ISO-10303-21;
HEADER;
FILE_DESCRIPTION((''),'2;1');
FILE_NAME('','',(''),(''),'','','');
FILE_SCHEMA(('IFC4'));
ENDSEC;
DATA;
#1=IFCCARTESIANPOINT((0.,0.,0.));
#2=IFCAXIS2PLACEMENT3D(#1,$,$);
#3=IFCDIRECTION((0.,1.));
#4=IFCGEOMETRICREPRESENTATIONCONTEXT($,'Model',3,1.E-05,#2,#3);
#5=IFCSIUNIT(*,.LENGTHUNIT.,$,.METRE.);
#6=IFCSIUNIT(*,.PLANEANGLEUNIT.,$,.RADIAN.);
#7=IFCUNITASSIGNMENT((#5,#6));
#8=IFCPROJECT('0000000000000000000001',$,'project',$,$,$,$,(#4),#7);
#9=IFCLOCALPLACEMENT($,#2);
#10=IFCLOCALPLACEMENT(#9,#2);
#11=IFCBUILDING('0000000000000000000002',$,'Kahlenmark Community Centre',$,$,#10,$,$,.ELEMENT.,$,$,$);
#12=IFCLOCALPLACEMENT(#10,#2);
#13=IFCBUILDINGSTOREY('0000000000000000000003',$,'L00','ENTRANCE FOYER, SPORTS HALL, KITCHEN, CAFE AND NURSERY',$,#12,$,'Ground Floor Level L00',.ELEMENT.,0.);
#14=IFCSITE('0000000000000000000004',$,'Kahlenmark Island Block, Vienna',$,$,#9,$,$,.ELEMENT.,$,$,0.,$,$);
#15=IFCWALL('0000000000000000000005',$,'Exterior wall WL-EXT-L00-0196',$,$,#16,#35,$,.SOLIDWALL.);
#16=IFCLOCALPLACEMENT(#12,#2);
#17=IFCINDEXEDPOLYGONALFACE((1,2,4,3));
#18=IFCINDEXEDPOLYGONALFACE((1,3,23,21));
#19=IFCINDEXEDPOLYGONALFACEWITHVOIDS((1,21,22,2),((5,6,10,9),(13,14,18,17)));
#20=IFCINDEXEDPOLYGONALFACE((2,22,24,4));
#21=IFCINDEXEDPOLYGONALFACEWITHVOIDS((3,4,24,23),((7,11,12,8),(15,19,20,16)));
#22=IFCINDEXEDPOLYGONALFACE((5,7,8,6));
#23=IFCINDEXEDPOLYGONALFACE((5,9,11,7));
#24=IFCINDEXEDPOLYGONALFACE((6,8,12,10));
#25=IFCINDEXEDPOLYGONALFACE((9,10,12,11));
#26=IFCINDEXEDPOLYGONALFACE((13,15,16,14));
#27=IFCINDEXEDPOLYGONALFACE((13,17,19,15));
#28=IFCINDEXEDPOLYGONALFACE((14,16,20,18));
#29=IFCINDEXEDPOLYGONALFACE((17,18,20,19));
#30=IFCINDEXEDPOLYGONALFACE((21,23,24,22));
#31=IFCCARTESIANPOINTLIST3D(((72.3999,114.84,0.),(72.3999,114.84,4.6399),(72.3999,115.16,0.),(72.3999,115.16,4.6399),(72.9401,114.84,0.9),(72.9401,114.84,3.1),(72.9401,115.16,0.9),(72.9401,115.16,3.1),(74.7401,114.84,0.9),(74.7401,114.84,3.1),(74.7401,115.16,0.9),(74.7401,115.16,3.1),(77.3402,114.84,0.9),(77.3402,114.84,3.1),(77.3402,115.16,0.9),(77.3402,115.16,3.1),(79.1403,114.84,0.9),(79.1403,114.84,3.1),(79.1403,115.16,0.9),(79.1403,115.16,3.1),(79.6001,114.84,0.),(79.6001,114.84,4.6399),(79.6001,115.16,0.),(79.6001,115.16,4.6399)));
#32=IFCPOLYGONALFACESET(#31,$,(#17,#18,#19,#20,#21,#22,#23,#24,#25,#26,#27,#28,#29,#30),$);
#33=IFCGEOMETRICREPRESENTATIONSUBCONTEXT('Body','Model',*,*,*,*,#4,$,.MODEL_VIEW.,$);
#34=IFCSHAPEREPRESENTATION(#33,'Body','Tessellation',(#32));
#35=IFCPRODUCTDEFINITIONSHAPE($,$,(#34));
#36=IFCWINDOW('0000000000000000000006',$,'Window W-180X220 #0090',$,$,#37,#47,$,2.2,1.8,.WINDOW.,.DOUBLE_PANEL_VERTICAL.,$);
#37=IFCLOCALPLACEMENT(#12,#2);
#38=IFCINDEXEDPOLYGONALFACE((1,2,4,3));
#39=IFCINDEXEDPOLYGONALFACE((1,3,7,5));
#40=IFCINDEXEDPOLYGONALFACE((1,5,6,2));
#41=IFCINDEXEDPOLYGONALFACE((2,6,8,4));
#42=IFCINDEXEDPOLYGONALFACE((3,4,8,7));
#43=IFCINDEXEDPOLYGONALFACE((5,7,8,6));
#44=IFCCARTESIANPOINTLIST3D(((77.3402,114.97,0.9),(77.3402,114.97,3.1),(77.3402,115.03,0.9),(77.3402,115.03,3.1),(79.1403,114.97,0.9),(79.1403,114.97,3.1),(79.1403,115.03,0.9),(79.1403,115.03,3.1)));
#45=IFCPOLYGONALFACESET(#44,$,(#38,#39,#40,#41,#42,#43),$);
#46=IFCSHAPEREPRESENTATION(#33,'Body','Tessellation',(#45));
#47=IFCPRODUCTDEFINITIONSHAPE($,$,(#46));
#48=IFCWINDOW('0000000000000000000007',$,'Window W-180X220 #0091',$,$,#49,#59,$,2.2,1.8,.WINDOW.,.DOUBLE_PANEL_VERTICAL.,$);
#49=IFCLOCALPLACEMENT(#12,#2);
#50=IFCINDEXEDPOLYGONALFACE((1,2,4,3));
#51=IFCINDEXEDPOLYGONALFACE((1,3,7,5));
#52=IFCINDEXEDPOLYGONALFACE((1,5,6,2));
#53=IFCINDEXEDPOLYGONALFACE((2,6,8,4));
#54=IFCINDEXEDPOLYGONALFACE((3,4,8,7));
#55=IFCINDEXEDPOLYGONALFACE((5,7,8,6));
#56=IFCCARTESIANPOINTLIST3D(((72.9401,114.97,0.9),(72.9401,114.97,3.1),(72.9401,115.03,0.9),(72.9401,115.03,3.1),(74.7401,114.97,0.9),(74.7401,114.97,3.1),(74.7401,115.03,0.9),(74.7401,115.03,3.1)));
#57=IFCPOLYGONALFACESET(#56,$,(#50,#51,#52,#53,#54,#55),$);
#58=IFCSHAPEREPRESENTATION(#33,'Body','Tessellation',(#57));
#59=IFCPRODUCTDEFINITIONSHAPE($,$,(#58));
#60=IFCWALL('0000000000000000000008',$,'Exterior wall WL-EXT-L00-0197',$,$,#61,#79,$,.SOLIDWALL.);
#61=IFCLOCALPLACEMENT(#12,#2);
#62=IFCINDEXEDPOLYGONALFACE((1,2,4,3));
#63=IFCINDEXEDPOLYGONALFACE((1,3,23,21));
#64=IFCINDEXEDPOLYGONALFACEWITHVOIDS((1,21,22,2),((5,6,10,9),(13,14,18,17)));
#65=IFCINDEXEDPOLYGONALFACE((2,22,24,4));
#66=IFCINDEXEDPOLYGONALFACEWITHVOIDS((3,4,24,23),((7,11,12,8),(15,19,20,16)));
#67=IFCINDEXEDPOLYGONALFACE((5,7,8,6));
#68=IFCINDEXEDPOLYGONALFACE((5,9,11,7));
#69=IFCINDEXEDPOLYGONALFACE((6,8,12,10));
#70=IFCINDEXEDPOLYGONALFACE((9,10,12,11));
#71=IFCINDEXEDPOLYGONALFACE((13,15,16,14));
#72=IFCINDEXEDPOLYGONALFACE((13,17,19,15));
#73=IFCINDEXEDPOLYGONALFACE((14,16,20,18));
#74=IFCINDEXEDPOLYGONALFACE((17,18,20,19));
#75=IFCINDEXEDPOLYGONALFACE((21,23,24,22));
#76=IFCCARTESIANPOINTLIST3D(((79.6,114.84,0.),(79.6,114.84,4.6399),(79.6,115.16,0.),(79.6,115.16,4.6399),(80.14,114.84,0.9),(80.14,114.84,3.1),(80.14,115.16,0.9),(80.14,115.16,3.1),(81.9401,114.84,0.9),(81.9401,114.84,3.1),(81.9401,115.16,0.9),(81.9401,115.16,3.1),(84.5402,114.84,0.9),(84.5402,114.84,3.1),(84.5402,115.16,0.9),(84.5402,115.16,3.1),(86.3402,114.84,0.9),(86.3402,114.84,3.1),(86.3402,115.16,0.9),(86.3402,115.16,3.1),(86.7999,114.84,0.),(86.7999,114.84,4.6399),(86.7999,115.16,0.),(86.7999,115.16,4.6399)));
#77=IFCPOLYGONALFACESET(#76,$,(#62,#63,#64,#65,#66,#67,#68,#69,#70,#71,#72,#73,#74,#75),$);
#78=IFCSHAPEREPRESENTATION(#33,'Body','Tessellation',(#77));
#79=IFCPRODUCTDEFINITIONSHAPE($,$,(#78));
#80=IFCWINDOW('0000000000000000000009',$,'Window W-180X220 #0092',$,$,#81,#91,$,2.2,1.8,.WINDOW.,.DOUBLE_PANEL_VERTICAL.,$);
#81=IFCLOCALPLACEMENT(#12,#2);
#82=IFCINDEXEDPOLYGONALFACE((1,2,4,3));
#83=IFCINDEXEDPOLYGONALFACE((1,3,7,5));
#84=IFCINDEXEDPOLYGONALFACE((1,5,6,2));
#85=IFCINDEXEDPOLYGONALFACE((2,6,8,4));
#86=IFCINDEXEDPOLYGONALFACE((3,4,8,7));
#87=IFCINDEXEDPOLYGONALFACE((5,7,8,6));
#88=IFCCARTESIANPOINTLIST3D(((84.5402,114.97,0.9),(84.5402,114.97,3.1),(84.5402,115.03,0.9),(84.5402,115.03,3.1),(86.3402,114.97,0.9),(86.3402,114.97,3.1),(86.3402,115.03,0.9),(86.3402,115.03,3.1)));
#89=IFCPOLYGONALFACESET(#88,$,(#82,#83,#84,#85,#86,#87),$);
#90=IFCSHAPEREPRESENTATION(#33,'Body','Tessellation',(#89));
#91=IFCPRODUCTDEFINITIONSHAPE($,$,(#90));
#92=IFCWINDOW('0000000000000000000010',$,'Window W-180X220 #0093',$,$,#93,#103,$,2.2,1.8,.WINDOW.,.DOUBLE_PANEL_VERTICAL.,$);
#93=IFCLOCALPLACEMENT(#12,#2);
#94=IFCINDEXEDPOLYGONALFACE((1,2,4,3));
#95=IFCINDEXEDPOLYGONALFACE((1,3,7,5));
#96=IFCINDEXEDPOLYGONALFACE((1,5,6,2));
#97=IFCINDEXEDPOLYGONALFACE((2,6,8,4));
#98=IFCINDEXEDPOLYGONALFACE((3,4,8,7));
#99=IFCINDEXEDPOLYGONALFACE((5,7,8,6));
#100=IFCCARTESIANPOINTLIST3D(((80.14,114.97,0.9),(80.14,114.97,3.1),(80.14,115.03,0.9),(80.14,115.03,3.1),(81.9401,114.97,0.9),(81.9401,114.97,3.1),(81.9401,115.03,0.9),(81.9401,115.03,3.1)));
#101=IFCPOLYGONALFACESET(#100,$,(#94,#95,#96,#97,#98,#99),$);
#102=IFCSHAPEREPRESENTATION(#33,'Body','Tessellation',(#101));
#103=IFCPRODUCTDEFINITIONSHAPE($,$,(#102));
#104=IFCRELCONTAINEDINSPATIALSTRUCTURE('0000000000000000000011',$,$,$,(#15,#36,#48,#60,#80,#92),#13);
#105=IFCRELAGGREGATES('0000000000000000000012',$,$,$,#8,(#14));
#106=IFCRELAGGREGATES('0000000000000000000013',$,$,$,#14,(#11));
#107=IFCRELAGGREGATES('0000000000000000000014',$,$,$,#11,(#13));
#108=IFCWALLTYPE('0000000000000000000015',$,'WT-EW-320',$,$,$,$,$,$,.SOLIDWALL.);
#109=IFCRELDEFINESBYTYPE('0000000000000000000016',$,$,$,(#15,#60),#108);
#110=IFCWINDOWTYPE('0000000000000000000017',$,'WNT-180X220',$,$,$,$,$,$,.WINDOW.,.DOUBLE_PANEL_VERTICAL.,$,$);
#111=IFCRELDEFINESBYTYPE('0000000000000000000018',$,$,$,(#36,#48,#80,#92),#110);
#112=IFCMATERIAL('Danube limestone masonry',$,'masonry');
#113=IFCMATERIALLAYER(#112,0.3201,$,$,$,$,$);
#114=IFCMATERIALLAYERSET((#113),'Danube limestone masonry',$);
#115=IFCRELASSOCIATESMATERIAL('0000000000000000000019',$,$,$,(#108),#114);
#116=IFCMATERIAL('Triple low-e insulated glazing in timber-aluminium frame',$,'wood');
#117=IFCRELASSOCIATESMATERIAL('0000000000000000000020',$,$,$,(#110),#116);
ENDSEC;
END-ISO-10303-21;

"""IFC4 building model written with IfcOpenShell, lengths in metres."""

from ifc_helpers import new_model, si_unit, direction, frame, frame_2d, origin, place, context, subcontext, project, spatial, rectangle, extrude, material, layer, layer_set, type_object, element, fill, save


model = new_model("IFC4")

# Units and contexts
model_context = context("Model", 3, precision=1e-05, world=origin(), true_north=direction((0.0, 1.0)))
body_context = subcontext(model_context, "Body", "Model", "MODEL_VIEW")
ifc_project = project(units=[si_unit("LENGTHUNIT", "METRE"), si_unit("PLANEANGLEUNIT", "RADIAN")], contexts=[model_context])

# Site, building, storey
site_placement = place(None, origin())
site = spatial("IfcSite", under=ifc_project, at=site_placement, Name="Kahlenmark Island Block, Vienna", CompositionType="ELEMENT", RefElevation=0.0)
building_placement = place(site_placement, origin())
building = spatial("IfcBuilding", under=site, at=building_placement, Name="Kahlenmark Community Centre", CompositionType="ELEMENT")
storey_placement = place(building_placement, origin())
storey = spatial("IfcBuildingStorey", under=building, at=storey_placement, Name="L00", Description="ENTRANCE FOYER, SPORTS HALL, KITCHEN, CAFE AND NURSERY", LongName="Ground Floor Level L00", CompositionType="ELEMENT", Elevation=0.0)

# Walls, openings, windows
ifc_material_1 = material(Name="Danube limestone masonry", Category="masonry")
ifc_layer = layer(ifc_material_1, 0.3201)
ifc_layer_set = layer_set([ifc_layer], Name="Danube limestone masonry")
wall_type = type_object("IfcWallType", Name="WT-EW-320", PredefinedType="SOLIDWALL", material=ifc_layer_set)
ifc_material_2 = material(Name="Triple low-e insulated glazing in timber-aluminium frame", Category="wood")
window_type = type_object("IfcWindowType", Name="WNT-180X220", PartitioningType="DOUBLE_PANEL_VERTICAL", PredefinedType="WINDOW", material=ifc_material_2)
wall_1_placement = place(storey_placement, frame((79.6001, 115.0, 0.0), z_axis=(0.0, 0.0, 1.0), x_axis=(-1.0, 0.0, 0.0)))
wall_1 = element("IfcWall", 1, at=wall_1_placement, inside=storey, type_object=wall_type, Name="Exterior wall WL-EXT-L00-0196", PredefinedType="SOLIDWALL", context=body_context, shape_type="SweptSolid", body=[
    extrude(rectangle(XDim=7.2002, YDim=0.3201, at=frame_2d((3.6001, 0.0))), origin(), (0.0, 0.0, 1.0), 4.6399),
])
opening_1_placement = place(wall_1_placement, frame((0.46, 0.0, 0.8999)))
opening_1 = element("IfcOpeningElement", 2, at=opening_1_placement, cuts=wall_1, PredefinedType="OPENING", context=body_context, shape_type="SweptSolid", body=[
    extrude(rectangle(XDim=1.8, YDim=2.2, at=frame_2d((0.8999, 1.1001))), frame((0.0, 0.1699, 0.0), z_axis=(0.0, -1.0, 0.0), x_axis=(1.0, 0.0, 0.0)), (0.0, 0.0, 1.0), 0.3401),
])
opening_2_placement = place(wall_1_placement, frame((4.8601, 0.0, 0.8999)))
opening_2 = element("IfcOpeningElement", 3, at=opening_2_placement, cuts=wall_1, PredefinedType="OPENING", context=body_context, shape_type="SweptSolid", body=[
    extrude(rectangle(XDim=1.8, YDim=2.2, at=frame_2d((0.8999, 1.1001))), frame((0.0, 0.1699, 0.0), z_axis=(0.0, -1.0, 0.0), x_axis=(1.0, 0.0, 0.0)), (0.0, 0.0, 1.0), 0.3401),
])
window_1_placement = place(opening_1_placement, origin())
window_1 = element("IfcWindow", 4, at=window_1_placement, inside=storey, type_object=window_type, Name="Window W-180X220 #0090", OverallHeight=2.2, OverallWidth=1.8, PartitioningType="DOUBLE_PANEL_VERTICAL", PredefinedType="WINDOW", context=body_context, shape_type="SweptSolid", body=[
    extrude(rectangle(XDim=1.8, YDim=2.2, at=frame_2d((0.8999, 1.1001))), frame((0.0, 0.03, 0.0), z_axis=(0.0, -1.0, 0.0), x_axis=(1.0, 0.0, 0.0)), (0.0, 0.0, 1.0), 0.0601),
])
fill(opening_1, window_1)
window_2_placement = place(opening_2_placement, origin())
window_2 = element("IfcWindow", 5, at=window_2_placement, inside=storey, type_object=window_type, Name="Window W-180X220 #0091", OverallHeight=2.2, OverallWidth=1.8, PartitioningType="DOUBLE_PANEL_VERTICAL", PredefinedType="WINDOW", context=body_context, shape_type="SweptSolid", body=[
    extrude(rectangle(XDim=1.8, YDim=2.2, at=frame_2d((0.8999, 1.1001))), frame((0.0, 0.03, 0.0), z_axis=(0.0, -1.0, 0.0), x_axis=(1.0, 0.0, 0.0)), (0.0, 0.0, 1.0), 0.0601),
])
fill(opening_2, window_2)
wall_2_placement = place(storey_placement, frame((86.8, 115.0, 0.0), z_axis=(0.0, 0.0, 1.0), x_axis=(-1.0, 0.0, 0.0)))
wall_2 = element("IfcWall", 6, at=wall_2_placement, inside=storey, type_object=wall_type, Name="Exterior wall WL-EXT-L00-0197", PredefinedType="SOLIDWALL", context=body_context, shape_type="SweptSolid", body=[
    extrude(rectangle(XDim=7.2, YDim=0.3201, at=frame_2d((3.6001, 0.0))), origin(), (0.0, 0.0, 1.0), 4.6399),
])
opening_3_placement = place(wall_2_placement, frame((0.46, 0.0, 0.8999)))
opening_3 = element("IfcOpeningElement", 7, at=opening_3_placement, cuts=wall_2, PredefinedType="OPENING", context=body_context, shape_type="SweptSolid", body=[
    extrude(rectangle(XDim=1.8, YDim=2.2, at=frame_2d((0.8999, 1.1001))), frame((0.0, 0.1699, 0.0), z_axis=(0.0, -1.0, 0.0), x_axis=(1.0, 0.0, 0.0)), (0.0, 0.0, 1.0), 0.3401),
])
opening_4_placement = place(wall_2_placement, frame((4.8601, 0.0, 0.8999)))
opening_4 = element("IfcOpeningElement", 8, at=opening_4_placement, cuts=wall_2, PredefinedType="OPENING", context=body_context, shape_type="SweptSolid", body=[
    extrude(rectangle(XDim=1.8, YDim=2.2, at=frame_2d((0.8999, 1.1001))), frame((0.0, 0.1699, 0.0), z_axis=(0.0, -1.0, 0.0), x_axis=(1.0, 0.0, 0.0)), (0.0, 0.0, 1.0), 0.3401),
])
window_3_placement = place(opening_3_placement, origin())
window_3 = element("IfcWindow", 9, at=window_3_placement, inside=storey, type_object=window_type, Name="Window W-180X220 #0092", OverallHeight=2.2, OverallWidth=1.8, PartitioningType="DOUBLE_PANEL_VERTICAL", PredefinedType="WINDOW", context=body_context, shape_type="SweptSolid", body=[
    extrude(rectangle(XDim=1.8, YDim=2.2, at=frame_2d((0.8999, 1.1001))), frame((0.0, 0.03, 0.0), z_axis=(0.0, -1.0, 0.0), x_axis=(1.0, 0.0, 0.0)), (0.0, 0.0, 1.0), 0.0601),
])
fill(opening_3, window_3)
window_4_placement = place(opening_4_placement, origin())
window_4 = element("IfcWindow", 10, at=window_4_placement, inside=storey, type_object=window_type, Name="Window W-180X220 #0093", OverallHeight=2.2, OverallWidth=1.8, PartitioningType="DOUBLE_PANEL_VERTICAL", PredefinedType="WINDOW", context=body_context, shape_type="SweptSolid", body=[
    extrude(rectangle(XDim=1.8, YDim=2.2, at=frame_2d((0.8999, 1.1001))), frame((0.0, 0.03, 0.0), z_axis=(0.0, -1.0, 0.0), x_axis=(1.0, 0.0, 0.0)), (0.0, 0.0, 1.0), 0.0601),
])
fill(opening_4, window_4)

save(model, "model.ifc")
